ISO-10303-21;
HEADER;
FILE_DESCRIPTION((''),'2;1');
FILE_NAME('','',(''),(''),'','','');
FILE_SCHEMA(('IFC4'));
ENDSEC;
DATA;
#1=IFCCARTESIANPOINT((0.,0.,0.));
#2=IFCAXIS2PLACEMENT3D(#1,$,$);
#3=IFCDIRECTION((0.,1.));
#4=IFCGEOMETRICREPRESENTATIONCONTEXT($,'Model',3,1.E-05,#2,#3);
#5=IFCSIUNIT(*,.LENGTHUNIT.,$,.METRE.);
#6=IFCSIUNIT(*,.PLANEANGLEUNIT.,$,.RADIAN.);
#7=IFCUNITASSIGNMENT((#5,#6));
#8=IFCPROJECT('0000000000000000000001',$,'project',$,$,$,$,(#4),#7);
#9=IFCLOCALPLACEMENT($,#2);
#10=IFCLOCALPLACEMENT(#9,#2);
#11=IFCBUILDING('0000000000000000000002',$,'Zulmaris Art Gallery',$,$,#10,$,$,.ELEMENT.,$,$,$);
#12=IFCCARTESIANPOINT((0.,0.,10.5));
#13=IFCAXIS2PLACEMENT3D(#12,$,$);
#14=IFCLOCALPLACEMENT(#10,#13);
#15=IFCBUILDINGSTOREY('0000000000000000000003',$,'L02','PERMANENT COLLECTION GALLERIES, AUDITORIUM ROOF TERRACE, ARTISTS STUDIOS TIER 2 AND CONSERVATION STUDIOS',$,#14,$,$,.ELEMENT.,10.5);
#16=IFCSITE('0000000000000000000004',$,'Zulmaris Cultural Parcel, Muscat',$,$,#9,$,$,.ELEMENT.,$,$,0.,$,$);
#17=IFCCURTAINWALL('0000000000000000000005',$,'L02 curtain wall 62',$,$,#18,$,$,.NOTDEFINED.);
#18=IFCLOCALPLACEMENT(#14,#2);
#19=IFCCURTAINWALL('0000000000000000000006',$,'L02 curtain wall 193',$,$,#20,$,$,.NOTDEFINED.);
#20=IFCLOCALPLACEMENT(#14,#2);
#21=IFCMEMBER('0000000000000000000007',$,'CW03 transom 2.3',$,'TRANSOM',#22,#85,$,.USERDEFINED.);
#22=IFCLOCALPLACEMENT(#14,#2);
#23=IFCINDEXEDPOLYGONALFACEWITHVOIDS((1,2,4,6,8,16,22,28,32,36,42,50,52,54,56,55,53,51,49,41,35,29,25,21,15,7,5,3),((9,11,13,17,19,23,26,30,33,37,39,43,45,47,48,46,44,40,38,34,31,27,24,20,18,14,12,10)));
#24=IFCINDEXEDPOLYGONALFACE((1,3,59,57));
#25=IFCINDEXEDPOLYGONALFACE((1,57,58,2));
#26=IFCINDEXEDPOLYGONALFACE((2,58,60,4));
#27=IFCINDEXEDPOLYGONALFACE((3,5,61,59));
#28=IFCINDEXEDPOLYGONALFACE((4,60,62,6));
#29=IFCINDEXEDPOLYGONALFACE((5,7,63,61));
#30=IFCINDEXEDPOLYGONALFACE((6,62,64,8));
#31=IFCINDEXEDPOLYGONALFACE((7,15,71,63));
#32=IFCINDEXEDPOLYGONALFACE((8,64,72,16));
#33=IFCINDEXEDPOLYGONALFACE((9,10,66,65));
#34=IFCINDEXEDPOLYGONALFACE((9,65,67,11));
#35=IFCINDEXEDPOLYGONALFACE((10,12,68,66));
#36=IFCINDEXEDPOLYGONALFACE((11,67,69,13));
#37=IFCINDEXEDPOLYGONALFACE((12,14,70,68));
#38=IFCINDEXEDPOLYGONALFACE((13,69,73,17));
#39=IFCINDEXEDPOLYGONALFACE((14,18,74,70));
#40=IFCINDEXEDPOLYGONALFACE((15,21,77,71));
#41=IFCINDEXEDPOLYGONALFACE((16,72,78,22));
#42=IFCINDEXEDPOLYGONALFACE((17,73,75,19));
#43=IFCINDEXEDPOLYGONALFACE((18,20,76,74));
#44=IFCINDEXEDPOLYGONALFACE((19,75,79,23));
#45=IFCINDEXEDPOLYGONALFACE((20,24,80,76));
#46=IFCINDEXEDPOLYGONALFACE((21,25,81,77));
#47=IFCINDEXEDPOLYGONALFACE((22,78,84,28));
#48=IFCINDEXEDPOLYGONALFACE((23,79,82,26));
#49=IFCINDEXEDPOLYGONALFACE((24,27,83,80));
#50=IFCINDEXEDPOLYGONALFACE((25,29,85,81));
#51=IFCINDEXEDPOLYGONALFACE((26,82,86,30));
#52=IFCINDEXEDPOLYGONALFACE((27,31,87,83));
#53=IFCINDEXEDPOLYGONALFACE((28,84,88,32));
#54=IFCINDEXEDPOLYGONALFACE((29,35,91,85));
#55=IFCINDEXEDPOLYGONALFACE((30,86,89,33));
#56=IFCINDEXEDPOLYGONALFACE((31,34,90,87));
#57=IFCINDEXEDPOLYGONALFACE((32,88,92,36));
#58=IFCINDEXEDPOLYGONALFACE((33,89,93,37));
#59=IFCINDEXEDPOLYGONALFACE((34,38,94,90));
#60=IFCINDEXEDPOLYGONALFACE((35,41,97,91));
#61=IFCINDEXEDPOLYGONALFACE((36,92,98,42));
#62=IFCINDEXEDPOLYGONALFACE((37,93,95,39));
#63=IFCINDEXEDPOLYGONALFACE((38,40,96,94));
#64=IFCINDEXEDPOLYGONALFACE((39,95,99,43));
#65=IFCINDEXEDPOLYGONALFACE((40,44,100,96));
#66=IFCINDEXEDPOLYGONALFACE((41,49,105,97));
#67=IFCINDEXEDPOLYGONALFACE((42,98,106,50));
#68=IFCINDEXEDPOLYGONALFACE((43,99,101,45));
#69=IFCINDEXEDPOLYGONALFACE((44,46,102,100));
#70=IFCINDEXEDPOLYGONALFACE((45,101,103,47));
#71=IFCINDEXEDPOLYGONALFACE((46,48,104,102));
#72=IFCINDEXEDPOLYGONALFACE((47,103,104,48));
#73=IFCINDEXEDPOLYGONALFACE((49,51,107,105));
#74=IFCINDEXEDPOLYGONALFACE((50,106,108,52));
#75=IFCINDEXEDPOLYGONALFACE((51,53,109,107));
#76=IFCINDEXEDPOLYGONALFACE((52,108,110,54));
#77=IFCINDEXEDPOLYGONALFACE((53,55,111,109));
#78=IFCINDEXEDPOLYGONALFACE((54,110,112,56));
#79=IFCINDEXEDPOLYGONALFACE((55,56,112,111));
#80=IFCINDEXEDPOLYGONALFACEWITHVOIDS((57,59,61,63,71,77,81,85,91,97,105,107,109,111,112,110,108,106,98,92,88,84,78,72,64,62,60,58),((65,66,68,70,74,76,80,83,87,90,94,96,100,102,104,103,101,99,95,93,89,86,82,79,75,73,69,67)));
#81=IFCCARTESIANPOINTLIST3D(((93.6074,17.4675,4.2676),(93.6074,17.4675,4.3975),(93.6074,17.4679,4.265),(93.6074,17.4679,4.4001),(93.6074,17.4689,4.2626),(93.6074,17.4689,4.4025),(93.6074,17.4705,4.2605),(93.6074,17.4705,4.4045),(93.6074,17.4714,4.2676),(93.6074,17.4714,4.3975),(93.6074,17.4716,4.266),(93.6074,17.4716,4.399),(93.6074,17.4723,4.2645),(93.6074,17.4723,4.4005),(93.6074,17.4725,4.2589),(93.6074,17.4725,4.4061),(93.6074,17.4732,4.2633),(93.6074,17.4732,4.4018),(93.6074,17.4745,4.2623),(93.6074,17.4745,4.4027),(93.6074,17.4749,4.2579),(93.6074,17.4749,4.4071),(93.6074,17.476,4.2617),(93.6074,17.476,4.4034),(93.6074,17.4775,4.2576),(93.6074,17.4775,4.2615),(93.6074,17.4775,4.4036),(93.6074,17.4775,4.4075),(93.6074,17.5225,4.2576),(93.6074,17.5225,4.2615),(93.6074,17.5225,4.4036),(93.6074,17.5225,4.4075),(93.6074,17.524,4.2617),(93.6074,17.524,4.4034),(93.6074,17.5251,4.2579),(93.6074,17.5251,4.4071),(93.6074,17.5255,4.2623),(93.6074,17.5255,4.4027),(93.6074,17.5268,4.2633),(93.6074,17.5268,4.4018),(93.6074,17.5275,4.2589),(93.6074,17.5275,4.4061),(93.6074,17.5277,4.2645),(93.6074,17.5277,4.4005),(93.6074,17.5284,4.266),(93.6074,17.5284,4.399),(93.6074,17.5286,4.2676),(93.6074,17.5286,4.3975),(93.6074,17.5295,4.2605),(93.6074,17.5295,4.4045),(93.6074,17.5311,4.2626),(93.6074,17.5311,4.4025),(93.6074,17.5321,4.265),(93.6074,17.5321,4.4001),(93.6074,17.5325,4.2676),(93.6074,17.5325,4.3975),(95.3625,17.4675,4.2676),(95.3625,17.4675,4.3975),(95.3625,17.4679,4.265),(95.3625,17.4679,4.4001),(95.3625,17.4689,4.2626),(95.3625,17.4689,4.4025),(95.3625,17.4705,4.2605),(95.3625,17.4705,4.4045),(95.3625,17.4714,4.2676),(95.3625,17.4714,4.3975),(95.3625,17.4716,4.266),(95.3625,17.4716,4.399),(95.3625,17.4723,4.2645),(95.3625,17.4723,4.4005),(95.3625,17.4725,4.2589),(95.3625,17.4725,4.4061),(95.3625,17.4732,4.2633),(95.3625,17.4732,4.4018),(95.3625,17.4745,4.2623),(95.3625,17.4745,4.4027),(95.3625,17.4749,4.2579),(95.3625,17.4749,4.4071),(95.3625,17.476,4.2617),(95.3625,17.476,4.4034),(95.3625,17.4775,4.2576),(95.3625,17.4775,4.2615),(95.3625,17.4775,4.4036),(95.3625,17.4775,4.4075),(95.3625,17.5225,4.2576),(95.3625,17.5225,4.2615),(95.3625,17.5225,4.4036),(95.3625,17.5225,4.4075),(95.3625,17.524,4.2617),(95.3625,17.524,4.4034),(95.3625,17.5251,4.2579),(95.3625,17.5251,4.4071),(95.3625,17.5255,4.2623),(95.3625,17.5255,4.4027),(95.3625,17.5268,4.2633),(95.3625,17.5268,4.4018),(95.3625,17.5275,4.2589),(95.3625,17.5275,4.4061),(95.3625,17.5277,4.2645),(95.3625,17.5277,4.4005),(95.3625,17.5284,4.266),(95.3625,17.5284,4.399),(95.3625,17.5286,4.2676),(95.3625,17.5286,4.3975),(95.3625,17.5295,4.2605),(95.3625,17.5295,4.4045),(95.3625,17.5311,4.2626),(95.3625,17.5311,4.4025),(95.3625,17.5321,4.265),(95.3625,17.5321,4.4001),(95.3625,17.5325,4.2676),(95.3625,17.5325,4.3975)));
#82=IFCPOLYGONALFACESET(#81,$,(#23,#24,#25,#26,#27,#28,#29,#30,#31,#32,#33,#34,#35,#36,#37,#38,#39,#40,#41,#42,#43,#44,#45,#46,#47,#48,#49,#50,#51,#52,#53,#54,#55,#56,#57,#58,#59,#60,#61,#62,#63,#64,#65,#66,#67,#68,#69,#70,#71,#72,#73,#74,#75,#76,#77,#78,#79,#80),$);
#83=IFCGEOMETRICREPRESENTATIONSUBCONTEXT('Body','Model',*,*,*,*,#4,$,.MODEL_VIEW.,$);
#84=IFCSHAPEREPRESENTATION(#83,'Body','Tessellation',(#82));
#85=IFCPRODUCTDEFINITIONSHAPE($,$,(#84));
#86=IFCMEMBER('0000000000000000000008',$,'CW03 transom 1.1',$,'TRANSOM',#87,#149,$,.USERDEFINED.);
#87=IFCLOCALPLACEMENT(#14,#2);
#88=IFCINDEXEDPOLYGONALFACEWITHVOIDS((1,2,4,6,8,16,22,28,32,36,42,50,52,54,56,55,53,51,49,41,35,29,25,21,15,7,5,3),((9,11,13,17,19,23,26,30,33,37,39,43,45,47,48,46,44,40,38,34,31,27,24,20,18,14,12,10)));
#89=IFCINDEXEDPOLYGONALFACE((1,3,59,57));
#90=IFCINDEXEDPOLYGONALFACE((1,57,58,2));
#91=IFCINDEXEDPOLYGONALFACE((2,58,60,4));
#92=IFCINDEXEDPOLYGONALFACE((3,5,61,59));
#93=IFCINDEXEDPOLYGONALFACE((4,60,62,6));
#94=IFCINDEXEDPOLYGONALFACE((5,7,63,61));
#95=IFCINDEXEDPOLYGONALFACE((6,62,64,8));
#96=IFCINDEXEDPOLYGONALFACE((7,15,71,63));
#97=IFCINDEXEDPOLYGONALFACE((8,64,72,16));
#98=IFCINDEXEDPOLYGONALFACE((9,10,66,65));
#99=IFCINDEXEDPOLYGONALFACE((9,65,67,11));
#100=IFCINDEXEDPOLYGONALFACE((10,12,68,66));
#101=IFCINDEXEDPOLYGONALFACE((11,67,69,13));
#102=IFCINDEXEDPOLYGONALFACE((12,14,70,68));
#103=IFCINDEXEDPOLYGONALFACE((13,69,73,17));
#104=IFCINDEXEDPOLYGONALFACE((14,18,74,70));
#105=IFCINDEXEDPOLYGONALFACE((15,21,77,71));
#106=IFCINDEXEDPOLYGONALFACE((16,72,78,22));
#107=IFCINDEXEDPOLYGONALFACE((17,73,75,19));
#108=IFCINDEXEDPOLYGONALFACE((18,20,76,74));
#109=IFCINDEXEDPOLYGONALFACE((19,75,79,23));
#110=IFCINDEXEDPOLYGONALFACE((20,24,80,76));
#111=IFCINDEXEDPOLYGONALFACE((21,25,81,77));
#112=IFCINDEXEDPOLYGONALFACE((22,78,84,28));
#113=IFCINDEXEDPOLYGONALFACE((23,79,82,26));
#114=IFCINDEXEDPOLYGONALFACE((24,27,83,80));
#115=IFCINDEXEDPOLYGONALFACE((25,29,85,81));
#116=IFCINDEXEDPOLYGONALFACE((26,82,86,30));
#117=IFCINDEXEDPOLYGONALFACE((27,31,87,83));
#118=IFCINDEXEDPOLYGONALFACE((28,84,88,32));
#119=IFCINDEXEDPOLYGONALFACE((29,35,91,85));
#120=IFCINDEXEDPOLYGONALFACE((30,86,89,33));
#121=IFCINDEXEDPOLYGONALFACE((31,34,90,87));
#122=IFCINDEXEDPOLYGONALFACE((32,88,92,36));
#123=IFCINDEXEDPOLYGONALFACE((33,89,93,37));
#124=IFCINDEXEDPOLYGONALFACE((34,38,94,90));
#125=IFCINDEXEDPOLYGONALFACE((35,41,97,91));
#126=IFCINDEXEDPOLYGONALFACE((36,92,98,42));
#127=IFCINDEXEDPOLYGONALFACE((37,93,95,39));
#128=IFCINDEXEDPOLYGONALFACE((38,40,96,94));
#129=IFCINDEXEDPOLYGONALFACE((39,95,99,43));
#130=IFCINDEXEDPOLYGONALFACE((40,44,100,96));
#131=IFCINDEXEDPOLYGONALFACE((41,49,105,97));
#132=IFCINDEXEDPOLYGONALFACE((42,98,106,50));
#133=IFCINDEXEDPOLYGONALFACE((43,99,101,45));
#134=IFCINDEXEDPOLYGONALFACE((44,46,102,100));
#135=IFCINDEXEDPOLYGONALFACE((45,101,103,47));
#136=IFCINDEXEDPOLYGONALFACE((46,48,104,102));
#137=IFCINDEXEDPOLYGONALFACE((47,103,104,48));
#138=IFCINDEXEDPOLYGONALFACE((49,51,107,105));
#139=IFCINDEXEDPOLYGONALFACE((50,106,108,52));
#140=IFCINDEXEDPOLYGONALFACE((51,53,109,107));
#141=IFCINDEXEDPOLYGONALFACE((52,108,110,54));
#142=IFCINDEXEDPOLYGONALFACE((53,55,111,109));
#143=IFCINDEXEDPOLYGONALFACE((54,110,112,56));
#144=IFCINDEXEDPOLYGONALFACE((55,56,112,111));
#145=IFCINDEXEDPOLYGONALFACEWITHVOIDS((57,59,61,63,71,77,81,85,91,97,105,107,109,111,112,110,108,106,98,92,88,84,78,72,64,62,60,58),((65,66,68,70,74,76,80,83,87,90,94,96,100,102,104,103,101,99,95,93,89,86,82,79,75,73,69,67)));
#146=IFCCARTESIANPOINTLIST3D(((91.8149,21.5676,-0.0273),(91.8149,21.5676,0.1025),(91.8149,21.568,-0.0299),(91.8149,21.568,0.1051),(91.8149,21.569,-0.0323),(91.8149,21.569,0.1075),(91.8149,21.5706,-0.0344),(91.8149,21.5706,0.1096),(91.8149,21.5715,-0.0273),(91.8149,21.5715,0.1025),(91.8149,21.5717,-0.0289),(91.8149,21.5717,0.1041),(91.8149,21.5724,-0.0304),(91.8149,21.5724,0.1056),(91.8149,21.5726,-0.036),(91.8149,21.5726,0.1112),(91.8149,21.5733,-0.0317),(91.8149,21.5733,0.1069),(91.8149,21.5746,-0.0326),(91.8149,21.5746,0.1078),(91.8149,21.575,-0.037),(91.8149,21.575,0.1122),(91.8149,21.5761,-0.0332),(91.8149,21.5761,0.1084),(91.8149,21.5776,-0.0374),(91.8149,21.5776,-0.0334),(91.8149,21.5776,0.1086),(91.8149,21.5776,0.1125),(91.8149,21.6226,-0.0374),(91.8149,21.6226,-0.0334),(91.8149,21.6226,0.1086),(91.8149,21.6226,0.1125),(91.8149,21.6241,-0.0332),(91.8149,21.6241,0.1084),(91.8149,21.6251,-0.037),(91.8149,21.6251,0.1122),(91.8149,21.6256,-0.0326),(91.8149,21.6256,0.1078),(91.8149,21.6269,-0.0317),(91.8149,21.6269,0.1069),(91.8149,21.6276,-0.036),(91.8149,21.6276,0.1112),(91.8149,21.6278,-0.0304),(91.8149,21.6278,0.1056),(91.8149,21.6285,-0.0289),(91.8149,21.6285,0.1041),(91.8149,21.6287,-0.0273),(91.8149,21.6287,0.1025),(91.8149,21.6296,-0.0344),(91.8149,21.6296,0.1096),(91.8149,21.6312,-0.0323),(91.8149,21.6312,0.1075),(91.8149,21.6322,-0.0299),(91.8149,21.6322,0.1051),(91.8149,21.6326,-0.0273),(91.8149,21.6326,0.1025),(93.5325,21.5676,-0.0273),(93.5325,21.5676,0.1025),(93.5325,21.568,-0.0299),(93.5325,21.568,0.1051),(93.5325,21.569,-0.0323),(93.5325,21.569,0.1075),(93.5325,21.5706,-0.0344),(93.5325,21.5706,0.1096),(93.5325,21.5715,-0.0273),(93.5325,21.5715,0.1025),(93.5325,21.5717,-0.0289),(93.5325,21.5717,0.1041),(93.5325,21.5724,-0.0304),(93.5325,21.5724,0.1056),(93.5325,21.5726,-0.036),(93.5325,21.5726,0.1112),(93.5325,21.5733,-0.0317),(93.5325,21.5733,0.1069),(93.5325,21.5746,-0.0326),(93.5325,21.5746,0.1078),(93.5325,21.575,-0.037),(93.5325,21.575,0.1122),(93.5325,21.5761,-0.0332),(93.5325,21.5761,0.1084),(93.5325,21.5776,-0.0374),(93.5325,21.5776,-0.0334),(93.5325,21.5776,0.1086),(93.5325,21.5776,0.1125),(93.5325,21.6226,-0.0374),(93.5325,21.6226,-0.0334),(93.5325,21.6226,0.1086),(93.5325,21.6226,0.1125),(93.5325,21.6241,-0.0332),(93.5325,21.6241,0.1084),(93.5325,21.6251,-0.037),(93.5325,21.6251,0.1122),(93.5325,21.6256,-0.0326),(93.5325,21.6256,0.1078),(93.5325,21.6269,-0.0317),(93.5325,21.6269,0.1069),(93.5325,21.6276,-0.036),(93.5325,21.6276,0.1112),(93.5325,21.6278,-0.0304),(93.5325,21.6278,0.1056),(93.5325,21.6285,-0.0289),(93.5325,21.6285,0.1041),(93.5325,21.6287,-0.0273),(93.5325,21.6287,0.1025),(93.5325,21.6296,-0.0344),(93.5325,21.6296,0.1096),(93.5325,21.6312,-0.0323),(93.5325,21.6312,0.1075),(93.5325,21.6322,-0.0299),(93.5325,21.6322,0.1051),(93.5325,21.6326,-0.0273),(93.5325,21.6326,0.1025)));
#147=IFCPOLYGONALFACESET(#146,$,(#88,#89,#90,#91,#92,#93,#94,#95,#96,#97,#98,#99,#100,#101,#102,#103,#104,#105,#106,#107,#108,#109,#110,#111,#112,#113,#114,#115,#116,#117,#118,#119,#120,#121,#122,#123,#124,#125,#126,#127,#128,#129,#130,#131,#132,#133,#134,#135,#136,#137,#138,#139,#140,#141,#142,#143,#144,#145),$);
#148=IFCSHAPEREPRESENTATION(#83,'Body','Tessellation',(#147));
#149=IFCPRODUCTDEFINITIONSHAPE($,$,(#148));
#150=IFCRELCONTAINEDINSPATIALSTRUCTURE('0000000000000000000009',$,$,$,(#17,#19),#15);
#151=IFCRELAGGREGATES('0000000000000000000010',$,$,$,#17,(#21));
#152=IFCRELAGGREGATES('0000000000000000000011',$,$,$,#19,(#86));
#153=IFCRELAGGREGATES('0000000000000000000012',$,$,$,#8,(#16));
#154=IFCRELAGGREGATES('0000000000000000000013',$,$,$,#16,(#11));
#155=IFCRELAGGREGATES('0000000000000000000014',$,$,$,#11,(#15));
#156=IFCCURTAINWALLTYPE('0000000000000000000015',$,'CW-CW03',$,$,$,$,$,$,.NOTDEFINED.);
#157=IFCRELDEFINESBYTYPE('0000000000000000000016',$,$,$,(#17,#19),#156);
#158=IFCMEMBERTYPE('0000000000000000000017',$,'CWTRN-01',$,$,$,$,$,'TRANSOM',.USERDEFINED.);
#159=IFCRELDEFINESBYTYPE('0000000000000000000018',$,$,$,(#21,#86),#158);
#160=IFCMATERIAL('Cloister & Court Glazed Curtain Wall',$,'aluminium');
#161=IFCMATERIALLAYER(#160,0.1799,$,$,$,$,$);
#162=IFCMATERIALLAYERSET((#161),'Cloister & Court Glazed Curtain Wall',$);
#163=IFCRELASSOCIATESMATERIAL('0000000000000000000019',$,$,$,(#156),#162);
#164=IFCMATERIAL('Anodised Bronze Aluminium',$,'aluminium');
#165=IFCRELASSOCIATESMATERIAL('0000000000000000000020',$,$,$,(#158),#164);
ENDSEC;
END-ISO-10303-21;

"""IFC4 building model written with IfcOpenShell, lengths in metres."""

from ifc_helpers import new_model, si_unit, direction, frame, origin, origin_2d, place, context, subcontext, project, spatial, hollow_rectangle, extrude, material, layer, layer_set, material_profile, profile_set, type_object, element, aggregate, save


model = new_model("IFC4")

# Units and contexts
model_context = context("Model", 3, precision=1e-05, world=origin(), true_north=direction((0.0, 1.0)))
body_context = subcontext(model_context, "Body", "Model", "MODEL_VIEW")
ifc_project = project(units=[si_unit("LENGTHUNIT", "METRE"), si_unit("PLANEANGLEUNIT", "RADIAN")], contexts=[model_context])

# Site, building, storey
site_placement = place(None, origin())
site = spatial("IfcSite", under=ifc_project, at=site_placement, Name="Zulmaris Cultural Parcel, Muscat", CompositionType="ELEMENT", RefElevation=0.0)
building_placement = place(site_placement, origin())
building = spatial("IfcBuilding", under=site, at=building_placement, Name="Zulmaris Art Gallery", CompositionType="ELEMENT")
storey_placement = place(building_placement, frame((0.0, 0.0, 10.5)))
storey = spatial("IfcBuildingStorey", under=building, at=storey_placement, Name="L02", Description="PERMANENT COLLECTION GALLERIES, AUDITORIUM ROOF TERRACE, ARTISTS STUDIOS TIER 2 AND CONSERVATION STUDIOS", CompositionType="ELEMENT", Elevation=10.5)

# Curtain wall
ifc_material_1 = material(Name="Cloister & Court Glazed Curtain Wall", Category="aluminium")
ifc_layer_1 = layer(ifc_material_1, 0.1799)
ifc_layer_set_1 = layer_set([ifc_layer_1], Name="Cloister & Court Glazed Curtain Wall")
curtain_wall_type = type_object("IfcCurtainWallType", Name="CW-CW03", PredefinedType="NOTDEFINED", material=ifc_layer_set_1)
curtain_wall_1_placement = place(storey_placement, origin())
curtain_wall_1 = element("IfcCurtainWall", 1, at=curtain_wall_1_placement, inside=storey, type_object=curtain_wall_type, Name="L02 curtain wall 62", PredefinedType="NOTDEFINED")
ifc_material_2 = material(Name="Anodised Bronze Aluminium", Category="aluminium")

# Curtain wall
curtain_wall_2_placement = place(storey_placement, origin())
curtain_wall_2 = element("IfcCurtainWall", 2, at=curtain_wall_2_placement, inside=storey, type_object=curtain_wall_type, Name="L02 curtain wall 193", PredefinedType="NOTDEFINED")

# Members
ifc_material_profile_1 = material_profile(ifc_material_2, hollow_rectangle(XDim=0.0649, YDim=0.1499, WallThickness=0.0039, InnerFilletRadius=0.0061, OuterFilletRadius=0.01, at=origin_2d()), Name="ALU 65x150x4")
ifc_profile_set_1 = profile_set([ifc_material_profile_1], Name="Anodised Bronze Aluminium")
member_type_1 = type_object("IfcMemberType", Name="CWTRN-01", ElementType="TRANSOM", PredefinedType="USERDEFINED", material=ifc_profile_set_1)
member_1_placement = place(storey_placement, frame((93.6074, 17.5, 4.3325), z_axis=(1.0, 0.0, 0.0), x_axis=(0.0, 1.0, 0.0)))
member_1 = element("IfcMember", 3, at=member_1_placement, type_object=member_type_1, Name="CW03 transom 2.3", ObjectType="TRANSOM", PredefinedType="USERDEFINED", context=body_context, shape_type="SweptSolid", body=[
    extrude(hollow_rectangle(XDim=0.0649, YDim=0.1499, WallThickness=0.0039, InnerFilletRadius=0.0061, OuterFilletRadius=0.01, at=origin_2d()), origin(), (0.0, 0.0, 1.0), 1.7551),
])
member_2_placement = place(storey_placement, frame((91.8149, 21.6001, 0.0376), z_axis=(1.0, 0.0, 0.0), x_axis=(0.0, 1.0, 0.0)))
member_2 = element("IfcMember", 4, at=member_2_placement, type_object=member_type_1, Name="CW03 transom 1.1", ObjectType="TRANSOM", PredefinedType="USERDEFINED", context=body_context, shape_type="SweptSolid", body=[
    extrude(hollow_rectangle(XDim=0.0649, YDim=0.1499, WallThickness=0.0039, InnerFilletRadius=0.0061, OuterFilletRadius=0.01, at=origin_2d()), origin(), (0.0, 0.0, 1.0), 1.7175),
])

aggregate(curtain_wall_1, [member_1])
aggregate(curtain_wall_2, [member_2])

save(model, "model.ifc")
